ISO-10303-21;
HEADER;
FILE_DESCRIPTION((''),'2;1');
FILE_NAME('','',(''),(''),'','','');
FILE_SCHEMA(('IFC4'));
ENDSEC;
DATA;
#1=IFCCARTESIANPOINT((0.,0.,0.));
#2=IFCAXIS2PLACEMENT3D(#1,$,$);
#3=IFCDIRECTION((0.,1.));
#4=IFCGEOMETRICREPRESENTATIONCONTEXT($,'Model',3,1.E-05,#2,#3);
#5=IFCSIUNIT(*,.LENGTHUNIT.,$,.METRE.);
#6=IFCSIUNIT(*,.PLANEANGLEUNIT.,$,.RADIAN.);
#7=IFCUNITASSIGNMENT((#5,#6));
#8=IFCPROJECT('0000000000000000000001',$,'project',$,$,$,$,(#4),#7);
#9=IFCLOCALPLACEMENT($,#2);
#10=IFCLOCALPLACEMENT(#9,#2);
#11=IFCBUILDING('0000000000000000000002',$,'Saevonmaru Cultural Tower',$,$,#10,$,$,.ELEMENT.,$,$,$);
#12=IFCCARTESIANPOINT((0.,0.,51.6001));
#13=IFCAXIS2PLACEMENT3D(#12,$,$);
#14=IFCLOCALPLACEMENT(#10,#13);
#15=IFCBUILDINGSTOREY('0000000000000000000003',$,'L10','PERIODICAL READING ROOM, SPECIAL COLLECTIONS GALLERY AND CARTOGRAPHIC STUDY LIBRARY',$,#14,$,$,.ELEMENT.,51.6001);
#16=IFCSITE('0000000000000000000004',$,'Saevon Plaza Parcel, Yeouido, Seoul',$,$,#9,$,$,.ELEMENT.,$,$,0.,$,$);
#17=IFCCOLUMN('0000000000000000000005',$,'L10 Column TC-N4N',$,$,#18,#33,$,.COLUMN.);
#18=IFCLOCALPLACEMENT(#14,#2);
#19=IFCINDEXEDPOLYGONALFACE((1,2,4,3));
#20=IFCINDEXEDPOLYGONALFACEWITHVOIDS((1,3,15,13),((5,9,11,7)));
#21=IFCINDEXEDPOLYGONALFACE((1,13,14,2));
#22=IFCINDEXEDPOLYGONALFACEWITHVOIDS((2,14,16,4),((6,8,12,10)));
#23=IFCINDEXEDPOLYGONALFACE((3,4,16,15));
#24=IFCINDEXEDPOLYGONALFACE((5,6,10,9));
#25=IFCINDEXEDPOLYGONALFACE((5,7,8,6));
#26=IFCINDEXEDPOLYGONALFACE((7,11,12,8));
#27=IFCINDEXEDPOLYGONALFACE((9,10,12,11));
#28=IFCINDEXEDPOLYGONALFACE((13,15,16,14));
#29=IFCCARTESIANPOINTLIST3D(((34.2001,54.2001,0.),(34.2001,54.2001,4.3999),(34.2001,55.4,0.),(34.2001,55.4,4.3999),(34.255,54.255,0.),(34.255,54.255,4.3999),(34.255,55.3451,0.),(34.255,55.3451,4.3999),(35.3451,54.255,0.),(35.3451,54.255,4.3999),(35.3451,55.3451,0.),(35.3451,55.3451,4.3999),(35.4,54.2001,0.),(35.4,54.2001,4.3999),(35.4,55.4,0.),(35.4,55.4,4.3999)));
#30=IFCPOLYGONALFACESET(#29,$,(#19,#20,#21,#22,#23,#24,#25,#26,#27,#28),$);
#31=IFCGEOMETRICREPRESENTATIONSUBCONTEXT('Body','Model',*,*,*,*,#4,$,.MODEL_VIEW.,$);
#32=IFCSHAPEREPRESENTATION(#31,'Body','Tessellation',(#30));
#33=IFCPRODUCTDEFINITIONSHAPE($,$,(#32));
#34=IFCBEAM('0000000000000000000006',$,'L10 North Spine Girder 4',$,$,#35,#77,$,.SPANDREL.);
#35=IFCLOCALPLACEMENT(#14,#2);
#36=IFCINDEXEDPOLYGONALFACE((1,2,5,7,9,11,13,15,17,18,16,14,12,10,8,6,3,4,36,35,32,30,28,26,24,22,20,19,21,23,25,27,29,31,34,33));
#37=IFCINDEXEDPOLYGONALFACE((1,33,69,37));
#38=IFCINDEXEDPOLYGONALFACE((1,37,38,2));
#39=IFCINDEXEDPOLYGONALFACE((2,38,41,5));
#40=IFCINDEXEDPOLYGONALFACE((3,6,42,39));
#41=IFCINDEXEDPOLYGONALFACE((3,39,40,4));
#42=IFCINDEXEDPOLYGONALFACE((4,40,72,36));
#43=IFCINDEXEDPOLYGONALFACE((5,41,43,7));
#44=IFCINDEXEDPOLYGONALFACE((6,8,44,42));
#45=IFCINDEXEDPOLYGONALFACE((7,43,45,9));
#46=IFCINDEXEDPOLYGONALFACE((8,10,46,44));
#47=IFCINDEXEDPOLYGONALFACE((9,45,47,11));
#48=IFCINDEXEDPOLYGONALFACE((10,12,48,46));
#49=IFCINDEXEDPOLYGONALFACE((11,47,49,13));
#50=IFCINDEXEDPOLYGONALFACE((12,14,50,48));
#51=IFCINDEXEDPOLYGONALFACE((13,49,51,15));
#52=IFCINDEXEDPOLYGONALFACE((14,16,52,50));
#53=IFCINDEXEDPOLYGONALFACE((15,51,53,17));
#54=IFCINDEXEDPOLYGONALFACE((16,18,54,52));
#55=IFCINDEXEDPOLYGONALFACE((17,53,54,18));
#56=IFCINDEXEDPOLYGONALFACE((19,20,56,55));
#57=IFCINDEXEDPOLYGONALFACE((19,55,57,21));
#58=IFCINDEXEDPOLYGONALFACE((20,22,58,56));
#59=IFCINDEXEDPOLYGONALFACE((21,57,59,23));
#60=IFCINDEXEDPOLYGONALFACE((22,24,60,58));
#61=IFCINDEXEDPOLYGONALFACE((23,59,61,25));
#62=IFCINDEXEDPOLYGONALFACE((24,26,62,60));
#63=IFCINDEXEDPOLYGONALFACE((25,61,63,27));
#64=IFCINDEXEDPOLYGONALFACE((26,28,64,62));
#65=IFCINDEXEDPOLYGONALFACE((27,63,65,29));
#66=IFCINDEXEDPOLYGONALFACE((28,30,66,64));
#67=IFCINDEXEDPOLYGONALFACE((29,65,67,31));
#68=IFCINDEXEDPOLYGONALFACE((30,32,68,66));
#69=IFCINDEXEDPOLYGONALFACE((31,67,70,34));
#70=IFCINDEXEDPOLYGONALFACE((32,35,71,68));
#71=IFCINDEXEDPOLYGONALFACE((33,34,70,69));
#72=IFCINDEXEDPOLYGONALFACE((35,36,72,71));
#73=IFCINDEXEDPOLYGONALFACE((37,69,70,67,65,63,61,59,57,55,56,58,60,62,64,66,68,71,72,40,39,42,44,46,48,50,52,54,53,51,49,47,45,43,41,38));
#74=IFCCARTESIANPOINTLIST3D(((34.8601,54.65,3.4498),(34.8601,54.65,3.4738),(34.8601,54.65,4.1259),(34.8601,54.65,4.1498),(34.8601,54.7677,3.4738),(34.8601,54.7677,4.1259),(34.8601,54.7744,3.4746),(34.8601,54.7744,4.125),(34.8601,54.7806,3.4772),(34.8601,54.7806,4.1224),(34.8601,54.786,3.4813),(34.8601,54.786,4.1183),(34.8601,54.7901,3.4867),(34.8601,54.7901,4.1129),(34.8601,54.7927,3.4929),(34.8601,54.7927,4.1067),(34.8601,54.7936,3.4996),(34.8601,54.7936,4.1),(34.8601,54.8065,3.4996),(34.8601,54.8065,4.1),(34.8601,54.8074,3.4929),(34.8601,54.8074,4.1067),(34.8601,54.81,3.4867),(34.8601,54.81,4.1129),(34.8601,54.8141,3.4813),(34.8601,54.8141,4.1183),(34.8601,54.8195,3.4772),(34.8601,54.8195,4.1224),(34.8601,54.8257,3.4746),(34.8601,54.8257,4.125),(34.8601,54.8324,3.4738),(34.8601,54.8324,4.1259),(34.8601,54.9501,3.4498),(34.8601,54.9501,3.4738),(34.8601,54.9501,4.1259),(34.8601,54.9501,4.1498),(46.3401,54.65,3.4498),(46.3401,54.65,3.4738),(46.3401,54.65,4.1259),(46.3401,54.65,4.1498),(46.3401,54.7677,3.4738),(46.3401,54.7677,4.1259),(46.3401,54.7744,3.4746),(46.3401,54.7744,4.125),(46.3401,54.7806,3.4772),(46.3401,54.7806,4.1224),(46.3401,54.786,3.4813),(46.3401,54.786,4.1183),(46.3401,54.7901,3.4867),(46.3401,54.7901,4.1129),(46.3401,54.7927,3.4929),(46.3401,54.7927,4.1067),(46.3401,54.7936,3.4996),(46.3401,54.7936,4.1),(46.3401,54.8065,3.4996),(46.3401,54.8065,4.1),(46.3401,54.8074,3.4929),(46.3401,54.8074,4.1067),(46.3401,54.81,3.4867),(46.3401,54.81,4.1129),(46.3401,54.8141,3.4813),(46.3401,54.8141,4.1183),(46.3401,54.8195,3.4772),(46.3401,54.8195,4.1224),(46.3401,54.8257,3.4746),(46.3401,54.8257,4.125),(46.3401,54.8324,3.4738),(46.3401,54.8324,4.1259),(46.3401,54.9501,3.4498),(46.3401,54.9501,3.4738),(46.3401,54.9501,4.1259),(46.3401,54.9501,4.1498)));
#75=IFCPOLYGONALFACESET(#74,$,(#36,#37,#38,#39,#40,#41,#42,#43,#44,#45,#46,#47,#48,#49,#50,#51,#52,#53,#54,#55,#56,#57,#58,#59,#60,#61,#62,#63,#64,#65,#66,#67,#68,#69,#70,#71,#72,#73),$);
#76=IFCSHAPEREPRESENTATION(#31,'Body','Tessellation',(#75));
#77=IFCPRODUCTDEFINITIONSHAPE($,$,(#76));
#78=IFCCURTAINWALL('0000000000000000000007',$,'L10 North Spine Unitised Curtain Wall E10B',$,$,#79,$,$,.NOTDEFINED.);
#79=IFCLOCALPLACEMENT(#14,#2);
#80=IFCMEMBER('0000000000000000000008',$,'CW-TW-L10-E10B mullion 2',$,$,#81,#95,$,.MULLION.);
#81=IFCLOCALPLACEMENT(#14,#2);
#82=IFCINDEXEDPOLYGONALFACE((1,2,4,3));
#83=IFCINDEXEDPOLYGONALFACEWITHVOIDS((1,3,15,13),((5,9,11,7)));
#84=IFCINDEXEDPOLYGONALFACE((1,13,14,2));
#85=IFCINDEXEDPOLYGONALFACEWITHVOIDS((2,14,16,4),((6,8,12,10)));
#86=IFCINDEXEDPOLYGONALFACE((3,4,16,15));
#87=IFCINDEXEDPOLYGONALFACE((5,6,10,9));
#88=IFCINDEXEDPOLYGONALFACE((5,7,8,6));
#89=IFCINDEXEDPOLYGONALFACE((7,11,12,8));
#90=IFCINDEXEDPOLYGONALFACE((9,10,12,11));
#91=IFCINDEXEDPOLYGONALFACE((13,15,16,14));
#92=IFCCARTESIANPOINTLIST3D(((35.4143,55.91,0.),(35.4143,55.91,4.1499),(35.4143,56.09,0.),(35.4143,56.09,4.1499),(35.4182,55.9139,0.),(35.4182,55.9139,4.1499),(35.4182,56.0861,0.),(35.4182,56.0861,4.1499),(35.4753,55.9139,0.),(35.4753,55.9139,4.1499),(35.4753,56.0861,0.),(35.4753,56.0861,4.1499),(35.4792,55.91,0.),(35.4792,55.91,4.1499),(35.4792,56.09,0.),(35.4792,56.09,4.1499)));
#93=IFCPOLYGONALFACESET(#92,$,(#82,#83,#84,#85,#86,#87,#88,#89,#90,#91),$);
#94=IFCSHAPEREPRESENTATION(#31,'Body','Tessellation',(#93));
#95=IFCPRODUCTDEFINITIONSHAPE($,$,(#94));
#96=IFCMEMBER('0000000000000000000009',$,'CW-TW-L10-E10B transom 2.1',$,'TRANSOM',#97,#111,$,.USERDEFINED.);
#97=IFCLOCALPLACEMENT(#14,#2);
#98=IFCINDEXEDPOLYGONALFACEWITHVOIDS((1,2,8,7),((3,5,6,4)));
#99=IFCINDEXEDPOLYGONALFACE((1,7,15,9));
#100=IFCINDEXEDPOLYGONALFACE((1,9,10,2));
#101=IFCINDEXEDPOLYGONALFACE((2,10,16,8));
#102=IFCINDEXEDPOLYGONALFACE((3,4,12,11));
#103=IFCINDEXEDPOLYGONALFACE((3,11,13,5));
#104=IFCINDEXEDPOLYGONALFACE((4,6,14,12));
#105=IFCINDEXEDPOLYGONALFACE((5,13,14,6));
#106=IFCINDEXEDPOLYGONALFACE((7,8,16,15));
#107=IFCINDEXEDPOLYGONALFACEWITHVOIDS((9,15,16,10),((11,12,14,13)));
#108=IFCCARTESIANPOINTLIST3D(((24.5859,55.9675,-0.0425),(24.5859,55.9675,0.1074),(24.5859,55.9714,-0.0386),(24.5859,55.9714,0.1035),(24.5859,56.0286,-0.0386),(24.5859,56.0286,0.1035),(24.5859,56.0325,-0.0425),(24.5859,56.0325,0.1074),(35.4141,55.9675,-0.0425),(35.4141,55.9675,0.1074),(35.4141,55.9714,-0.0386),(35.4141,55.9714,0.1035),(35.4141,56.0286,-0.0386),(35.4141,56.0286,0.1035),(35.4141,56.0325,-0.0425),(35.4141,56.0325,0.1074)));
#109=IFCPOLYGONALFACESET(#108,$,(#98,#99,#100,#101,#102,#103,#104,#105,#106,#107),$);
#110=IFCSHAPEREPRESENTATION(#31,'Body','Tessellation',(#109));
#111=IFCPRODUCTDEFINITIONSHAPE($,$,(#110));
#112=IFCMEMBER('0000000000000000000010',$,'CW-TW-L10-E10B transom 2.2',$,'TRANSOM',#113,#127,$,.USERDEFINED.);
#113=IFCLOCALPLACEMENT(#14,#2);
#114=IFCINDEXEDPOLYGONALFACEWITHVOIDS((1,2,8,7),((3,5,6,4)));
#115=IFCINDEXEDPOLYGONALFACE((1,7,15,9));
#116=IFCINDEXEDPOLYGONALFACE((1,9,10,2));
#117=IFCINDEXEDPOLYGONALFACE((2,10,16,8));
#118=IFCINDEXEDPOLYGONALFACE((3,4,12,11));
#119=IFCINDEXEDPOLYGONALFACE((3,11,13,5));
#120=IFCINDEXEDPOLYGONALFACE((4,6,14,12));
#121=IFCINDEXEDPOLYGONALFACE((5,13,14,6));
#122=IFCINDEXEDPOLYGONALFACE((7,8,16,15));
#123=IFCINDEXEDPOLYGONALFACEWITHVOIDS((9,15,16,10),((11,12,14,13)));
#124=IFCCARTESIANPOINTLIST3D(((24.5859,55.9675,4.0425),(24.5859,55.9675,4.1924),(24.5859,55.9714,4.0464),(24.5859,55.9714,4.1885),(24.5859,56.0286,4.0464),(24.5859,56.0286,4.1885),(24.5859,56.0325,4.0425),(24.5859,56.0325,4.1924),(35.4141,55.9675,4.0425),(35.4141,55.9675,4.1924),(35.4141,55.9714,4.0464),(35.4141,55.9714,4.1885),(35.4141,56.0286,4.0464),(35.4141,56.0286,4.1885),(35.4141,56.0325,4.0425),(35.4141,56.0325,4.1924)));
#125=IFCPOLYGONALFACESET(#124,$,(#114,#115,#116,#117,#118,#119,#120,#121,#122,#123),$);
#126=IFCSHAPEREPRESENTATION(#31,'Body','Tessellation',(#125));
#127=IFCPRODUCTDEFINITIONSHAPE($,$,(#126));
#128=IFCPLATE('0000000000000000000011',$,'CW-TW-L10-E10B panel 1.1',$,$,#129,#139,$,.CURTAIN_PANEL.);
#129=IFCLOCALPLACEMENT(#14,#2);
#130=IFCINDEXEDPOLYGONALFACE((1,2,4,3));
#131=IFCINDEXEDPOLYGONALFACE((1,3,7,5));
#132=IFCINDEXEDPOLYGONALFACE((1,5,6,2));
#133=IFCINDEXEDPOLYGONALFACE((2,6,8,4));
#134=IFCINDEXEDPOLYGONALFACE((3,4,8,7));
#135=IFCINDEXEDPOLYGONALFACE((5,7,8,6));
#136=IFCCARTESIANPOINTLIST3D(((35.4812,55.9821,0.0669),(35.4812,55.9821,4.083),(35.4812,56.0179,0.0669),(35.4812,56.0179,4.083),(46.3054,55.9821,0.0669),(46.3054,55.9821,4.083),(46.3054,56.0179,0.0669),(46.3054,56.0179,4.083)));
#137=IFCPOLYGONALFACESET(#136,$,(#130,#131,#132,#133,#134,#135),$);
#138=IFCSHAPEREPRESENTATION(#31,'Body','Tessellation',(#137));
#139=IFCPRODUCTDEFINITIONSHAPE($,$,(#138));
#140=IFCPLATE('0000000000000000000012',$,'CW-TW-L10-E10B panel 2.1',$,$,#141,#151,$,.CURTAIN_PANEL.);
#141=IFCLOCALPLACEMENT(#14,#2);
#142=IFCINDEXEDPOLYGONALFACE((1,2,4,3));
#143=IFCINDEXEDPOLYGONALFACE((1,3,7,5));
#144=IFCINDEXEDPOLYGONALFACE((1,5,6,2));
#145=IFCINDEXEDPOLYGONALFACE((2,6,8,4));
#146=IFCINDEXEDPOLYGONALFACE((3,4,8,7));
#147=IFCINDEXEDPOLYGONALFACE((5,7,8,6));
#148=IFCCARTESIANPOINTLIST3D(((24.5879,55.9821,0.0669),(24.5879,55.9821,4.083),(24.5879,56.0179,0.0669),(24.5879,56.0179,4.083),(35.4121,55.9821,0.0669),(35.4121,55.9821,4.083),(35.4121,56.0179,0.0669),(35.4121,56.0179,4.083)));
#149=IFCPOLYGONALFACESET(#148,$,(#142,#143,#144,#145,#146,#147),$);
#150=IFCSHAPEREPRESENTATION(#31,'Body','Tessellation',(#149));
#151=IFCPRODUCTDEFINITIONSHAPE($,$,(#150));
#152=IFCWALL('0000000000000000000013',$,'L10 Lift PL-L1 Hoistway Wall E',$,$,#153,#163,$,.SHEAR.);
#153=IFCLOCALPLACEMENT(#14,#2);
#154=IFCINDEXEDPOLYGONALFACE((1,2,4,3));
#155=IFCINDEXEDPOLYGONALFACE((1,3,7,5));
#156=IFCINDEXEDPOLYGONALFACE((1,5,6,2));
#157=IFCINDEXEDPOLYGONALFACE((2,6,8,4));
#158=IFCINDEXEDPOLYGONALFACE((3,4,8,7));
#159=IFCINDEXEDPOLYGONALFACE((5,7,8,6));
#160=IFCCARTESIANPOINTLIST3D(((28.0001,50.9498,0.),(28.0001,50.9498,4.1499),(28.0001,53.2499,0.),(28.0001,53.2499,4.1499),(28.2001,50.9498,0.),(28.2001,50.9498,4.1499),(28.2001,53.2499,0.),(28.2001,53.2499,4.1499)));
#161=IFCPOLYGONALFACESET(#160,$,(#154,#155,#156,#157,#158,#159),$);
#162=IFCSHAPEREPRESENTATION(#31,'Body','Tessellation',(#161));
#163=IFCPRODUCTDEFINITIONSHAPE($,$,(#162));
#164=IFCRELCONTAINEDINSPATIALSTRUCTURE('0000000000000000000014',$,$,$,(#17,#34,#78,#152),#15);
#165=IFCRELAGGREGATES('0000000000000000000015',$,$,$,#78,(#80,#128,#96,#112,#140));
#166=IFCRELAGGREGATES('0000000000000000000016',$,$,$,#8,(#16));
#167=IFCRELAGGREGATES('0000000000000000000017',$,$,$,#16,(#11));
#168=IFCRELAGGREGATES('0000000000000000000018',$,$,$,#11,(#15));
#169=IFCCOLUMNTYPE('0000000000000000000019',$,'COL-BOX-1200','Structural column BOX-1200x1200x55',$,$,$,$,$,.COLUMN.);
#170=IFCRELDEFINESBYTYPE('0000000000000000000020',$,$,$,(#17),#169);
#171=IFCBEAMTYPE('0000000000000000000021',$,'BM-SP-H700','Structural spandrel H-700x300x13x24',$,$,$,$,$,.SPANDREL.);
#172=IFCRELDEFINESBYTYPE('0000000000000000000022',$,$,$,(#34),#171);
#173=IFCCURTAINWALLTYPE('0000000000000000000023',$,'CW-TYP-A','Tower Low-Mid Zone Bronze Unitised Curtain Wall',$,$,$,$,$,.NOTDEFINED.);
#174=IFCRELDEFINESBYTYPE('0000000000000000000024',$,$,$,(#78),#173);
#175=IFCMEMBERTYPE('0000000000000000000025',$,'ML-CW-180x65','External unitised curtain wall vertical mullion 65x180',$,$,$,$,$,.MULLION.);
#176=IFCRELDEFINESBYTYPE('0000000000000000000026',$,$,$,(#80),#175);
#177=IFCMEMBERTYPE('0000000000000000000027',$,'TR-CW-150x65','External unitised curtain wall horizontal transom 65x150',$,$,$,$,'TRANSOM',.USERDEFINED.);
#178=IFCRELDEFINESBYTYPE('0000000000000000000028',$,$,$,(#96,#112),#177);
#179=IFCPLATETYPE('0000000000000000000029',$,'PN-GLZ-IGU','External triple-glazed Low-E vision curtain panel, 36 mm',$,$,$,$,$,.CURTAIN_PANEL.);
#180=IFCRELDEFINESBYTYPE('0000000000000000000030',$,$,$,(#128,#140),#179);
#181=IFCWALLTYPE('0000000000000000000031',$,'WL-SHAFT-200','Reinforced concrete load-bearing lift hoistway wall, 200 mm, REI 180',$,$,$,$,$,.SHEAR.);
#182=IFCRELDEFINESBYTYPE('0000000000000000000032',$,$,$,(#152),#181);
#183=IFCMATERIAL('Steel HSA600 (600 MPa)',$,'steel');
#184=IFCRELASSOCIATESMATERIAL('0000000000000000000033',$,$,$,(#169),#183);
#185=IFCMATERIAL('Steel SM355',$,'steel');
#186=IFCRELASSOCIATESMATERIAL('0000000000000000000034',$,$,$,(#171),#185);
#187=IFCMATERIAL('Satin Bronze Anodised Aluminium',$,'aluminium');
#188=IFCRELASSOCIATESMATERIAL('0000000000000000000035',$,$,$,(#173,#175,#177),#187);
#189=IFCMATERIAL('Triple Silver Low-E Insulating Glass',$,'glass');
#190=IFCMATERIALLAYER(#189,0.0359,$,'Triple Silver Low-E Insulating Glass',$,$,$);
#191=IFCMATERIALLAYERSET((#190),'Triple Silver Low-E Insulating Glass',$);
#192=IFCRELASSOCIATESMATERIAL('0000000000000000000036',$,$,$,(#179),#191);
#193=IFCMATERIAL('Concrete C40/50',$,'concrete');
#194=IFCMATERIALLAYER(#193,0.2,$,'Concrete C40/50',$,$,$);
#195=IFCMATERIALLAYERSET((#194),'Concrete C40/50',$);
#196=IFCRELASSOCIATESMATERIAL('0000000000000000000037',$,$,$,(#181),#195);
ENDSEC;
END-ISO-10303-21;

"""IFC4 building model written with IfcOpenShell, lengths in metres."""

from ifc_helpers import new_model, si_unit, direction, frame, frame_2d, origin, origin_2d, place, context, subcontext, project, spatial, rectangle, hollow_rectangle, i_section, extrude, material, layer, layer_set, material_profile, profile_set, type_object, element, aggregate, save


model = new_model("IFC4")

# Units and contexts
model_context = context("Model", 3, precision=1e-05, world=origin(), true_north=direction((0.0, 1.0)))
body_context = subcontext(model_context, "Body", "Model", "MODEL_VIEW")
ifc_project = project(units=[si_unit("LENGTHUNIT", "METRE"), si_unit("PLANEANGLEUNIT", "RADIAN")], contexts=[model_context])

# Site, building, storey
site_placement = place(None, origin())
site = spatial("IfcSite", under=ifc_project, at=site_placement, Name="Saevon Plaza Parcel, Yeouido, Seoul", CompositionType="ELEMENT", RefElevation=0.0)
building_placement = place(site_placement, origin())
building = spatial("IfcBuilding", under=site, at=building_placement, Name="Saevonmaru Cultural Tower", CompositionType="ELEMENT")
storey_placement = place(building_placement, frame((0.0, 0.0, 51.6001)))
storey = spatial("IfcBuildingStorey", under=building, at=storey_placement, Name="L10", Description="PERIODICAL READING ROOM, SPECIAL COLLECTIONS GALLERY AND CARTOGRAPHIC STUDY LIBRARY", CompositionType="ELEMENT", Elevation=51.6001)

# Column
ifc_material_1 = material(Name="Steel HSA600 (600 MPa)", Category="steel")
ifc_material_profile_1 = material_profile(ifc_material_1, hollow_rectangle(XDim=1.2, YDim=1.2, WallThickness=0.0549, at=origin_2d()), Name="BOX-1200x1200x55")
ifc_profile_set_1 = profile_set([ifc_material_profile_1], Name="Steel HSA600 (600 MPa)")
column_type = type_object("IfcColumnType", Name="COL-BOX-1200", Description="Structural column BOX-1200x1200x55", PredefinedType="COLUMN", material=ifc_profile_set_1)
column_placement = place(storey_placement, frame((34.8, 54.8, 0.0), z_axis=(0.0, 0.0, 1.0), x_axis=(1.0, 0.0, 0.0)))
element("IfcColumn", 1, at=column_placement, inside=storey, type_object=column_type, Name="L10 Column TC-N4N", PredefinedType="COLUMN", context=body_context, shape_type="SweptSolid", body=[
    extrude(hollow_rectangle(XDim=1.2, YDim=1.2, WallThickness=0.0549, at=origin_2d()), origin(), (0.0, 0.0, 1.0), 4.3999),
])

# Beam
ifc_material_2 = material(Name="Steel SM355", Category="steel")
ifc_material_profile_2 = material_profile(ifc_material_2, i_section(OverallWidth=0.3, OverallDepth=0.7, WebThickness=0.0129, FlangeThickness=0.0239, FilletRadius=0.0259, at=origin_2d()), Name="H-700x300x13x24")
ifc_profile_set_2 = profile_set([ifc_material_profile_2], Name="Steel SM355")
beam_type = type_object("IfcBeamType", Name="BM-SP-H700", Description="Structural spandrel H-700x300x13x24", PredefinedType="SPANDREL", material=ifc_profile_set_2)
beam_placement = place(storey_placement, frame((34.8601, 54.8, 3.7998), z_axis=(1.0, 0.0, 0.0), x_axis=(0.0, 1.0, 0.0)))
element("IfcBeam", 2, at=beam_placement, inside=storey, type_object=beam_type, Name="L10 North Spine Girder 4", PredefinedType="SPANDREL", context=body_context, shape_type="SweptSolid", body=[
    extrude(i_section(OverallWidth=0.3, OverallDepth=0.7, WebThickness=0.0129, FlangeThickness=0.0239, FilletRadius=0.0259, at=origin_2d()), origin(), (0.0, 0.0, 1.0), 11.48),
])

# Curtain wall, members, plates
ifc_material_3 = material(Name="Satin Bronze Anodised Aluminium", Category="aluminium")
curtain_wall_type = type_object("IfcCurtainWallType", Name="CW-TYP-A", Description="Tower Low-Mid Zone Bronze Unitised Curtain Wall", PredefinedType="NOTDEFINED", material=ifc_material_3)
curtain_wall_placement = place(storey_placement, origin())
curtain_wall = element("IfcCurtainWall", 3, at=curtain_wall_placement, inside=storey, type_object=curtain_wall_type, Name="L10 North Spine Unitised Curtain Wall E10B", PredefinedType="NOTDEFINED")
ifc_material_profile_3 = material_profile(ifc_material_3, hollow_rectangle(XDim=0.0649, YDim=0.1799, WallThickness=0.0039, at=origin_2d()), Name="ALU-MULL-180x65x4")
ifc_profile_set_3 = profile_set([ifc_material_profile_3], Name="Satin Bronze Anodised Aluminium")
member_type_1 = type_object("IfcMemberType", Name="ML-CW-180x65", Description="External unitised curtain wall vertical mullion 65x180", PredefinedType="MULLION", material=ifc_profile_set_3)
member_1_placement = place(storey_placement, frame((35.4468, 56.0, 0.0), z_axis=(0.0, 0.0, 1.0), x_axis=(-1.0, 0.0, 0.0)))
member_1 = element("IfcMember", 4, at=member_1_placement, type_object=member_type_1, Name="CW-TW-L10-E10B mullion 2", PredefinedType="MULLION", context=body_context, shape_type="SweptSolid", body=[
    extrude(hollow_rectangle(XDim=0.0649, YDim=0.1799, WallThickness=0.0039, at=origin_2d()), origin(), (0.0, 0.0, 1.0), 4.1499),
])
ifc_material_profile_4 = material_profile(ifc_material_3, hollow_rectangle(XDim=0.0649, YDim=0.1499, WallThickness=0.0039, at=origin_2d()), Name="ALU-TRAN-150x65x4")
ifc_profile_set_4 = profile_set([ifc_material_profile_4], Name="Satin Bronze Anodised Aluminium")
member_type_2 = type_object("IfcMemberType", Name="TR-CW-150x65", Description="External unitised curtain wall horizontal transom 65x150", ElementType="TRANSOM", PredefinedType="USERDEFINED", material=ifc_profile_set_4)
member_2_placement = place(storey_placement, frame((35.4141, 56.0, 0.0325), z_axis=(-1.0, 0.0, 0.0), x_axis=(0.0, -1.0, 0.0)))
member_2 = element("IfcMember", 5, at=member_2_placement, type_object=member_type_2, Name="CW-TW-L10-E10B transom 2.1", ObjectType="TRANSOM", PredefinedType="USERDEFINED", context=body_context, shape_type="SweptSolid", body=[
    extrude(hollow_rectangle(XDim=0.0649, YDim=0.1499, WallThickness=0.0039, at=origin_2d()), origin(), (0.0, 0.0, 1.0), 10.8281),
])
member_3_placement = place(storey_placement, frame((35.4141, 56.0, 4.1174), z_axis=(-1.0, 0.0, 0.0), x_axis=(0.0, -1.0, 0.0)))
member_3 = element("IfcMember", 6, at=member_3_placement, type_object=member_type_2, Name="CW-TW-L10-E10B transom 2.2", ObjectType="TRANSOM", PredefinedType="USERDEFINED", context=body_context, shape_type="SweptSolid", body=[
    extrude(hollow_rectangle(XDim=0.0649, YDim=0.1499, WallThickness=0.0039, at=origin_2d()), origin(), (0.0, 0.0, 1.0), 10.8281),
])
ifc_material_4 = material(Name="Triple Silver Low-E Insulating Glass", Category="glass")
ifc_layer_1 = layer(ifc_material_4, 0.0359, Name="Triple Silver Low-E Insulating Glass")
ifc_layer_set_1 = layer_set([ifc_layer_1], Name="Triple Silver Low-E Insulating Glass")
plate_type = type_object("IfcPlateType", Name="PN-GLZ-IGU", Description="External triple-glazed Low-E vision curtain panel, 36 mm", PredefinedType="CURTAIN_PANEL", material=ifc_layer_set_1)
plate_1_placement = place(storey_placement, frame((40.8933, 56.0, 0.0669), z_axis=(0.0, 0.0, 1.0), x_axis=(-1.0, 0.0, 0.0)))
plate_1 = element("IfcPlate", 7, at=plate_1_placement, type_object=plate_type, Name="CW-TW-L10-E10B panel 1.1", PredefinedType="CURTAIN_PANEL", context=body_context, shape_type="SweptSolid", body=[
    extrude(rectangle(XDim=10.8242, YDim=0.0359, at=origin_2d()), origin(), (0.0, 0.0, 1.0), 4.0161),
])
plate_2_placement = place(storey_placement, frame((30.0, 56.0, 0.0669), z_axis=(0.0, 0.0, 1.0), x_axis=(-1.0, 0.0, 0.0)))
plate_2 = element("IfcPlate", 8, at=plate_2_placement, type_object=plate_type, Name="CW-TW-L10-E10B panel 2.1", PredefinedType="CURTAIN_PANEL", context=body_context, shape_type="SweptSolid", body=[
    extrude(rectangle(XDim=10.8242, YDim=0.0359, at=origin_2d()), origin(), (0.0, 0.0, 1.0), 4.0161),
])
aggregate(curtain_wall, [member_1, plate_1, member_2, member_3, plate_2])

# Wall
ifc_material_5 = material(Name="Concrete C40/50", Category="concrete")
ifc_layer_2 = layer(ifc_material_5, 0.2, Name="Concrete C40/50")
ifc_layer_set_2 = layer_set([ifc_layer_2], Name="Concrete C40/50")
wall_type_1 = type_object("IfcWallType", Name="WL-SHAFT-200", Description="Reinforced concrete load-bearing lift hoistway wall, 200 mm, REI 180", PredefinedType="SHEAR", material=ifc_layer_set_2)
wall_1_placement = place(storey_placement, frame((28.1001, 50.95, 0.0), z_axis=(0.0, 0.0, 1.0), x_axis=(0.0, 1.0, 0.0)))
element("IfcWall", 9, at=wall_1_placement, inside=storey, type_object=wall_type_1, Name="L10 Lift PL-L1 Hoistway Wall E", PredefinedType="SHEAR", context=body_context, shape_type="SweptSolid", body=[
    extrude(rectangle(XDim=2.3, YDim=0.2, at=frame_2d((1.1499, 0.0))), origin(), (0.0, 0.0, 1.0), 4.1499),
])

save(model, "model.ifc")
